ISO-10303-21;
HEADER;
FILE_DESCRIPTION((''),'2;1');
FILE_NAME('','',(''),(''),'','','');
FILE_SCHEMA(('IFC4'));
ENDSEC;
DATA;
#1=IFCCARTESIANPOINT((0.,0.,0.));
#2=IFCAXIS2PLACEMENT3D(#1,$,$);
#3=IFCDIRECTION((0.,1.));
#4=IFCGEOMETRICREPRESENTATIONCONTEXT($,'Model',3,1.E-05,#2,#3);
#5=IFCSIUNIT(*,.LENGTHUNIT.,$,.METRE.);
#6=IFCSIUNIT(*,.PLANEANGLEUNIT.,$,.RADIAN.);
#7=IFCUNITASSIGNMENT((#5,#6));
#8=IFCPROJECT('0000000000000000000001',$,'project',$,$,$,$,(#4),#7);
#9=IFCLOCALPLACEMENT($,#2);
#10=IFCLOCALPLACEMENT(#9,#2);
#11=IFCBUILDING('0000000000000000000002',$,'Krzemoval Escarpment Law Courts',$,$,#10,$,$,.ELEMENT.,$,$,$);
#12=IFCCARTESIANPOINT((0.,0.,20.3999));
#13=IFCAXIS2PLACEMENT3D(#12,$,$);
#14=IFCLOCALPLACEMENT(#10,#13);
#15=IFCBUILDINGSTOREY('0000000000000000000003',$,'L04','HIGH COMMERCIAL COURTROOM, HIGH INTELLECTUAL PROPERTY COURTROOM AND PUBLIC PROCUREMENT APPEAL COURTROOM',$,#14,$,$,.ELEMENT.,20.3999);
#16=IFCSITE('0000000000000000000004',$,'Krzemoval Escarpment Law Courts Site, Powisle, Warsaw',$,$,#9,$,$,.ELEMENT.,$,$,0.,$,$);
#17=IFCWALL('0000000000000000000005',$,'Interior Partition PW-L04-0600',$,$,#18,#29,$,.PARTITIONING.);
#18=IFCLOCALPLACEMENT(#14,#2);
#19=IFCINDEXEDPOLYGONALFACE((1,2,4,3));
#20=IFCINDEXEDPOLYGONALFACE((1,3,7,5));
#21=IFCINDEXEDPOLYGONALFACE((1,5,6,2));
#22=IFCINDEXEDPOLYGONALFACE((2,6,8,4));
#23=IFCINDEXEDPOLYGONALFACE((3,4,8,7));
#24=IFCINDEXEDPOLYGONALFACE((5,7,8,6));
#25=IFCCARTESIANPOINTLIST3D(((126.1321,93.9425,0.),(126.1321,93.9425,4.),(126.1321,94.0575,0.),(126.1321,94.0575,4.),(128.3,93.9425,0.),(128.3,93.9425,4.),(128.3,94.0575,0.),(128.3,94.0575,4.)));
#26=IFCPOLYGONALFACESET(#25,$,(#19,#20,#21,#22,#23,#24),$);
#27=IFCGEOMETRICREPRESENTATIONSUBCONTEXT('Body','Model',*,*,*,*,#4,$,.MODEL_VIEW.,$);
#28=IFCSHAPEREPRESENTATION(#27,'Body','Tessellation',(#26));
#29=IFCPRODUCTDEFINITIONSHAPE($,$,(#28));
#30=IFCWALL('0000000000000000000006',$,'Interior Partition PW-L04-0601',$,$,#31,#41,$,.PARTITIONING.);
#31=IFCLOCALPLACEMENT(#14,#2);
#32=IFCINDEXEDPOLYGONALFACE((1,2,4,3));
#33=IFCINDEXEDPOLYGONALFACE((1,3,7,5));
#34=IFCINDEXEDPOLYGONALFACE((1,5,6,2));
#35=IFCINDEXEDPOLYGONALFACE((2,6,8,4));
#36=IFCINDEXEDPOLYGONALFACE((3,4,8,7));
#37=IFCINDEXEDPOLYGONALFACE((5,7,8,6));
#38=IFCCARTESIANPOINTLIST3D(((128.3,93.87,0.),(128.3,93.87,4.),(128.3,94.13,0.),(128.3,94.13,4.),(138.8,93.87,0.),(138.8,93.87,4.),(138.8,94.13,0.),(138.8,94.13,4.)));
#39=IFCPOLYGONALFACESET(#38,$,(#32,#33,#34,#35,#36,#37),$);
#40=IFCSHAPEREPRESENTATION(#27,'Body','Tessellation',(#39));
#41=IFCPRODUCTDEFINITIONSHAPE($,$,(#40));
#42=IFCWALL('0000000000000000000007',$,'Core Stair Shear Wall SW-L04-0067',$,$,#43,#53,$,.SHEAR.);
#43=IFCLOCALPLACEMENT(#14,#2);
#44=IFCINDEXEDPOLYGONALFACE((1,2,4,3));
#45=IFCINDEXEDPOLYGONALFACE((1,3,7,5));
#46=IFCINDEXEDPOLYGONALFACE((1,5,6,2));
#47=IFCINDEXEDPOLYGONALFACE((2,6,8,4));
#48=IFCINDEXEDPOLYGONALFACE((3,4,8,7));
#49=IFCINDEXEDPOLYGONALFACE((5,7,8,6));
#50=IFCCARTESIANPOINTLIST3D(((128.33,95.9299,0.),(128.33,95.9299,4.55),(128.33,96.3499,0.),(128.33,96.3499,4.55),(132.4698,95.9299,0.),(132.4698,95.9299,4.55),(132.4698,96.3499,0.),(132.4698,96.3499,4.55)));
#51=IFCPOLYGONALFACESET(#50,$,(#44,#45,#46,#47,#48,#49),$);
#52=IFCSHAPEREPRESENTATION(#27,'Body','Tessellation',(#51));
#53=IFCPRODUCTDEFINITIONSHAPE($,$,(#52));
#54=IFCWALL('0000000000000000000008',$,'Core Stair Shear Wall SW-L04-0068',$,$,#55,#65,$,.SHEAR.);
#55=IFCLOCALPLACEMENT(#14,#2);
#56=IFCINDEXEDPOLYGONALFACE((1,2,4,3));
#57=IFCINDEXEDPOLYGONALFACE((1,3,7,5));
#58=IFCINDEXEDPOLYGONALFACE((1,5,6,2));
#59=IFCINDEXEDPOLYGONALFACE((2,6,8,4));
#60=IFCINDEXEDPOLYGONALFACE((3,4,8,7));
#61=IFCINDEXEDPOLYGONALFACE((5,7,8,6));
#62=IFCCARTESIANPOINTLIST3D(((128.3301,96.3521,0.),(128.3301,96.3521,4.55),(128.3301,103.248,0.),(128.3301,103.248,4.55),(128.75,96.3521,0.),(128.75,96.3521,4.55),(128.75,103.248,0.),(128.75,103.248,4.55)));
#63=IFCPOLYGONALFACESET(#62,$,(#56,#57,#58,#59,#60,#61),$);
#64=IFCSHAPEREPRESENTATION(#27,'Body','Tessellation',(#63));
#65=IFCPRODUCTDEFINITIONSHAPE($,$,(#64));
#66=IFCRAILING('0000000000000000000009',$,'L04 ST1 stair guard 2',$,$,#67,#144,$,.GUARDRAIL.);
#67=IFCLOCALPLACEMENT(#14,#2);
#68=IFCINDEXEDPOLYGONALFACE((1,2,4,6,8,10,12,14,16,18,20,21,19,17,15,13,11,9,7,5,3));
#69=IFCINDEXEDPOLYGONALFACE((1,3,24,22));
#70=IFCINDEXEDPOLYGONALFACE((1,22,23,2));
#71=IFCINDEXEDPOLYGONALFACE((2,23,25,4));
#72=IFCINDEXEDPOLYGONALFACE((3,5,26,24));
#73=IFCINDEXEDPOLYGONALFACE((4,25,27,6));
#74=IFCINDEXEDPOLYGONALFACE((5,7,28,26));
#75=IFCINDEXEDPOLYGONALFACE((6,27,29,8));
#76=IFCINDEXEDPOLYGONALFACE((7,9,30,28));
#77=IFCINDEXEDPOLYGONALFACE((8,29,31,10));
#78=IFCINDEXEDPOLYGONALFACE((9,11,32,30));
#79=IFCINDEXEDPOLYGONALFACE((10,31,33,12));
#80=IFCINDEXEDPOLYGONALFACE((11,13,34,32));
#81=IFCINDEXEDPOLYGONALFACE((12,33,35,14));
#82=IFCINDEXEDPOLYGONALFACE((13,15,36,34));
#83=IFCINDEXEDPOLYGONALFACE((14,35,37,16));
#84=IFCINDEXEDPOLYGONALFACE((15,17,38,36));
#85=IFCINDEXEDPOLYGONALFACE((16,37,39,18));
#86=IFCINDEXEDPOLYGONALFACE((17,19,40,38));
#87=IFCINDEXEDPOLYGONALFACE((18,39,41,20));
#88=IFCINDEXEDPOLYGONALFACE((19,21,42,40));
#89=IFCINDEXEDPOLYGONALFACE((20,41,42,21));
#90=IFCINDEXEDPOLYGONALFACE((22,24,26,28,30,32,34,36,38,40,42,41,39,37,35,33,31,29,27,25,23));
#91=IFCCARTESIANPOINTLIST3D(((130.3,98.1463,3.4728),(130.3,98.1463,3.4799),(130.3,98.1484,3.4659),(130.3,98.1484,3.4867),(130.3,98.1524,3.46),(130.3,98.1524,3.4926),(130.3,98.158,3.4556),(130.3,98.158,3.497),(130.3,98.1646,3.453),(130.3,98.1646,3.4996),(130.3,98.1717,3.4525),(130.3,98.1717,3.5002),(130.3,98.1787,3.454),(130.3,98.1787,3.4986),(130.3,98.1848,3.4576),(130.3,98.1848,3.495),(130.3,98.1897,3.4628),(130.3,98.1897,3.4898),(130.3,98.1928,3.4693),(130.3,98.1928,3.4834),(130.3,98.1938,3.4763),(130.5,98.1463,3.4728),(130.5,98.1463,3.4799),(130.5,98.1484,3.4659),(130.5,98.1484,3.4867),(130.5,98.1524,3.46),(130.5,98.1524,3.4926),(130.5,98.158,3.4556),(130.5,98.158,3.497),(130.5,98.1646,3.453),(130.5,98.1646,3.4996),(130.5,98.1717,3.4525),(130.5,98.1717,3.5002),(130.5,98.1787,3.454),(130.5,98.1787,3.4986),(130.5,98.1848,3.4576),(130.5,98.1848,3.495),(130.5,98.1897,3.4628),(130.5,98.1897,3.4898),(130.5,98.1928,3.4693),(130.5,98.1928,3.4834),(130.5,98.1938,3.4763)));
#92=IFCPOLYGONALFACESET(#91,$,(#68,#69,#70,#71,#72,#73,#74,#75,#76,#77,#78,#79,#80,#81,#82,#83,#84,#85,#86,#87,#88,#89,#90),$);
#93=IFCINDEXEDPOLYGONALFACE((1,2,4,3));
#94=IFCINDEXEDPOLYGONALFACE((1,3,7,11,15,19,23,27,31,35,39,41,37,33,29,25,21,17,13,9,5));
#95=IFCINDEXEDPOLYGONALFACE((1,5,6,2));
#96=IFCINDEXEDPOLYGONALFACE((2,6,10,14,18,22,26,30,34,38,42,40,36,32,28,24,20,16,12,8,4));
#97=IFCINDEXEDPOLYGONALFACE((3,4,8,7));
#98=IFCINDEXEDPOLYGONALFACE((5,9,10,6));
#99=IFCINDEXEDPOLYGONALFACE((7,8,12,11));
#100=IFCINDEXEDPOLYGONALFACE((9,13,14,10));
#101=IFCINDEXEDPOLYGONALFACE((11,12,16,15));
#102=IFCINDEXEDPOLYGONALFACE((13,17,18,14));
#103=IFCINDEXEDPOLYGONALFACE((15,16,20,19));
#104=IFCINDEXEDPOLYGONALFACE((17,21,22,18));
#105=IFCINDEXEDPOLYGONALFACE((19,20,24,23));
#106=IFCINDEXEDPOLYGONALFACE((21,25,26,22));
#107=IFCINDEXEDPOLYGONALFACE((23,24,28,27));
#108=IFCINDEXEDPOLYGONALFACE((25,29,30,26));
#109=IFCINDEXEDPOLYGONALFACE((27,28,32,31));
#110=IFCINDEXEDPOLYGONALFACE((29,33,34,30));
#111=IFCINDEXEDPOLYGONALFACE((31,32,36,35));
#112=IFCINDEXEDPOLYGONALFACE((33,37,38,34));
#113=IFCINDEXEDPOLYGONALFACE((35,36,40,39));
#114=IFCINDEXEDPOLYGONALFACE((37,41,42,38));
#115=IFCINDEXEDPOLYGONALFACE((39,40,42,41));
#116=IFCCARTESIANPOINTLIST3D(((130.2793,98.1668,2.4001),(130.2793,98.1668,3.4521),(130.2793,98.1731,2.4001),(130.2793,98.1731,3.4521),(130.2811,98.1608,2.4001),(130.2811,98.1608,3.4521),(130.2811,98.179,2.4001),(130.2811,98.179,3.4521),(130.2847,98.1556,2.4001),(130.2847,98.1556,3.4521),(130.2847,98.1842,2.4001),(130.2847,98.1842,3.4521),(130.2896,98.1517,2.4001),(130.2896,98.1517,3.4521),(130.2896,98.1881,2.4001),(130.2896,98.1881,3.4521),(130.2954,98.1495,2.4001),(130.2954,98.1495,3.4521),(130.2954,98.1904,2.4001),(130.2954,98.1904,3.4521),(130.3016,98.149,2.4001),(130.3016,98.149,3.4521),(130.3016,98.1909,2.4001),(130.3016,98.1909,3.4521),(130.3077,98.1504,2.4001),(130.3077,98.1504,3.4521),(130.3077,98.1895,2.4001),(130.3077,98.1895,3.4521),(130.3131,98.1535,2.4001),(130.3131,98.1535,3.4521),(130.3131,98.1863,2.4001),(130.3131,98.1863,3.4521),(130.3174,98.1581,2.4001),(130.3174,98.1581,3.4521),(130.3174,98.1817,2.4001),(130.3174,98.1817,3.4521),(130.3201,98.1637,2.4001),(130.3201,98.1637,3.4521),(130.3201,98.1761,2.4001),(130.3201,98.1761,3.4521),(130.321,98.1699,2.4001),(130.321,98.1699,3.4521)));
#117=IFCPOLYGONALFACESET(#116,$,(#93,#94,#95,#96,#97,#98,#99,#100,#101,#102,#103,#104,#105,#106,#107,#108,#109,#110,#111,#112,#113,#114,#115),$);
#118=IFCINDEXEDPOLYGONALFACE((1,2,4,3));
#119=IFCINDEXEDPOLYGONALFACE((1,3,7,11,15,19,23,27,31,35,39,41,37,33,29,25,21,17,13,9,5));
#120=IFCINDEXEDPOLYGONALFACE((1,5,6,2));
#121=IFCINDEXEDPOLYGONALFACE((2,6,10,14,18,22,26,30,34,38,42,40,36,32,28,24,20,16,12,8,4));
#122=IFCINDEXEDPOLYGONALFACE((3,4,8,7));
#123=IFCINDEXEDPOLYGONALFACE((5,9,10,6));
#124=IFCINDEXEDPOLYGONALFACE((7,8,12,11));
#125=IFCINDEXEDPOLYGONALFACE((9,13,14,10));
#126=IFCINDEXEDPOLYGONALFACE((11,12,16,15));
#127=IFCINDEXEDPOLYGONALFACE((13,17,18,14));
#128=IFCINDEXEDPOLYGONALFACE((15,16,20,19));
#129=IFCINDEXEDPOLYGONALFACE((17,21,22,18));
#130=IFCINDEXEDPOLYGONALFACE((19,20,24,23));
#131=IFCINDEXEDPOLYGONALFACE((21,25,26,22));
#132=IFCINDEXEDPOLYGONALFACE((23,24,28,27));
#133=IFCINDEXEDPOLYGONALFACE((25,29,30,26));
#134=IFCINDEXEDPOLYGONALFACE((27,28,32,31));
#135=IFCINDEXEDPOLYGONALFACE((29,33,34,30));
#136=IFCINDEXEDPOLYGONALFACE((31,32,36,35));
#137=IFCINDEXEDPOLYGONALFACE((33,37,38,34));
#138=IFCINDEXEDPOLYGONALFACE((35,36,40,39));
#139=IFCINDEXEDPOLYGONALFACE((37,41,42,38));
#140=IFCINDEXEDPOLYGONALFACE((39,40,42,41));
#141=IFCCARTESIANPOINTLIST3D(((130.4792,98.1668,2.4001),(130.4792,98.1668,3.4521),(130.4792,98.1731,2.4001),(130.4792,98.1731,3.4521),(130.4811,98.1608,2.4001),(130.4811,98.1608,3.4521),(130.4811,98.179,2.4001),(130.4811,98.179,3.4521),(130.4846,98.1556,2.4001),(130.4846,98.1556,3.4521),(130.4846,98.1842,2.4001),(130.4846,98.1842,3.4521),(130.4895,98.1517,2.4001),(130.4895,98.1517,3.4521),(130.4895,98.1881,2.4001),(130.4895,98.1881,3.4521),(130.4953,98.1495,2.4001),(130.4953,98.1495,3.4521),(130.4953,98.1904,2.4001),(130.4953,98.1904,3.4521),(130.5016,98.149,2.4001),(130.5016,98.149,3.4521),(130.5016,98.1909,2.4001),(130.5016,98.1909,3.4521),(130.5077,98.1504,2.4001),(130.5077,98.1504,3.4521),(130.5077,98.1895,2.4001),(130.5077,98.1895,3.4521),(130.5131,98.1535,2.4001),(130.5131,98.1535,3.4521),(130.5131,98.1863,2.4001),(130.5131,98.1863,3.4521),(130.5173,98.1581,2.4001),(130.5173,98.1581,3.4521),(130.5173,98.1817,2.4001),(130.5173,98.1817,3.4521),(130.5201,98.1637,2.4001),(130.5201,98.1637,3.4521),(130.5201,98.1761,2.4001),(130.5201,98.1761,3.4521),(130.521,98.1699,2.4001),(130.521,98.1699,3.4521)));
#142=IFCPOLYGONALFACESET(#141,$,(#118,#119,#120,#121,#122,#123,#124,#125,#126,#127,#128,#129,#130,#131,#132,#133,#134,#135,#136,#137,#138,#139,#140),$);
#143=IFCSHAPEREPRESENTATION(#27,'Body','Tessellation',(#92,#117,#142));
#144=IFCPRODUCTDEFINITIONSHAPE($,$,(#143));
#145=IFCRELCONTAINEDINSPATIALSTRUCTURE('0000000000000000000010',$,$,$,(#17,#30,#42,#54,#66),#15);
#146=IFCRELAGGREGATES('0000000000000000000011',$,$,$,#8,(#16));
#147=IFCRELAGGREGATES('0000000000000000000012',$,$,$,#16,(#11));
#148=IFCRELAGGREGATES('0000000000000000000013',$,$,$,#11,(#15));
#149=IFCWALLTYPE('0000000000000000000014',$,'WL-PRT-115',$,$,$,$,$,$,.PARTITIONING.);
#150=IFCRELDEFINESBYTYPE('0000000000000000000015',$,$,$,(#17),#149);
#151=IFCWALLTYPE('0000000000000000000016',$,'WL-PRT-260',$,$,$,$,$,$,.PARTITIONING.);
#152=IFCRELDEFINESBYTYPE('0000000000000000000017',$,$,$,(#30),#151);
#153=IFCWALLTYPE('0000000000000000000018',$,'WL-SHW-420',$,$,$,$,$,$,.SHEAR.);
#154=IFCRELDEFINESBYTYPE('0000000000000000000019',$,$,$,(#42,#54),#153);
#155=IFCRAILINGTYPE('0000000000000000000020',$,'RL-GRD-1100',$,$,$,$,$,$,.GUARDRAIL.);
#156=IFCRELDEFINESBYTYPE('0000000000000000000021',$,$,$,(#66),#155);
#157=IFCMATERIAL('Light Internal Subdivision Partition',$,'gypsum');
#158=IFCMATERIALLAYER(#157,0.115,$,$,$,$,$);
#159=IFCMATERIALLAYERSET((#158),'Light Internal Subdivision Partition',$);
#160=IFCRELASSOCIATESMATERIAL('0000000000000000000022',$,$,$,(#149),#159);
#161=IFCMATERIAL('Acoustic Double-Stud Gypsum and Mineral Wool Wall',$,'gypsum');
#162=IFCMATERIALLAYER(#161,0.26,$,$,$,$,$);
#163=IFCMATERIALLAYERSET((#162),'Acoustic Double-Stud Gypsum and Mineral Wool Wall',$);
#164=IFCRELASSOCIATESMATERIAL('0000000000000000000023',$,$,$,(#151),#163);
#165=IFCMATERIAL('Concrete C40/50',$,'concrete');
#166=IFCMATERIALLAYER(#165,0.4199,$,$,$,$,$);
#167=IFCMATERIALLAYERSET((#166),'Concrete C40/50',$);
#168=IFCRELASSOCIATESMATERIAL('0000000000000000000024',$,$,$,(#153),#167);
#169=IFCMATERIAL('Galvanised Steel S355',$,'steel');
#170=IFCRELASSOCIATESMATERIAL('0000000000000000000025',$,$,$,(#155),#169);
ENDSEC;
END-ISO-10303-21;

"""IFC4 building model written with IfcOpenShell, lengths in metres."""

from ifc_helpers import new_model, si_unit, direction, frame, frame_2d, origin, origin_2d, place, context, subcontext, project, spatial, rectangle, circle, extrude, material, layer, layer_set, type_object, element, save


model = new_model("IFC4")

# Units and contexts
model_context = context("Model", 3, precision=1e-05, world=origin(), true_north=direction((0.0, 1.0)))
body_context = subcontext(model_context, "Body", "Model", "MODEL_VIEW")
ifc_project = project(units=[si_unit("LENGTHUNIT", "METRE"), si_unit("PLANEANGLEUNIT", "RADIAN")], contexts=[model_context])

# Site, building, storey
site_placement = place(None, origin())
site = spatial("IfcSite", under=ifc_project, at=site_placement, Name="Krzemoval Escarpment Law Courts Site, Powisle, Warsaw", CompositionType="ELEMENT", RefElevation=0.0)
building_placement = place(site_placement, origin())
building = spatial("IfcBuilding", under=site, at=building_placement, Name="Krzemoval Escarpment Law Courts", CompositionType="ELEMENT")
storey_placement = place(building_placement, frame((0.0, 0.0, 20.3999)))
storey = spatial("IfcBuildingStorey", under=building, at=storey_placement, Name="L04", Description="HIGH COMMERCIAL COURTROOM, HIGH INTELLECTUAL PROPERTY COURTROOM AND PUBLIC PROCUREMENT APPEAL COURTROOM", CompositionType="ELEMENT", Elevation=20.3999)

# Walls
ifc_material_1 = material(Name="Light Internal Subdivision Partition", Category="gypsum")
ifc_layer_1 = layer(ifc_material_1, 0.115)
ifc_layer_set_1 = layer_set([ifc_layer_1], Name="Light Internal Subdivision Partition")
wall_type_1 = type_object("IfcWallType", Name="WL-PRT-115", PredefinedType="PARTITIONING", material=ifc_layer_set_1)
wall_1_placement = place(storey_placement, frame((126.1321, 94.0, 0.0), z_axis=(0.0, 0.0, 1.0), x_axis=(1.0, 0.0, 0.0)))
element("IfcWall", 1, at=wall_1_placement, inside=storey, type_object=wall_type_1, Name="Interior Partition PW-L04-0600", PredefinedType="PARTITIONING", context=body_context, shape_type="SweptSolid", body=[
    extrude(rectangle(XDim=2.168, YDim=0.115, at=frame_2d((1.084, 0.0))), origin(), (0.0, 0.0, 1.0), 4.0),
])
ifc_material_2 = material(Name="Acoustic Double-Stud Gypsum and Mineral Wool Wall", Category="gypsum")
ifc_layer_2 = layer(ifc_material_2, 0.26)
ifc_layer_set_2 = layer_set([ifc_layer_2], Name="Acoustic Double-Stud Gypsum and Mineral Wool Wall")
wall_type_2 = type_object("IfcWallType", Name="WL-PRT-260", PredefinedType="PARTITIONING", material=ifc_layer_set_2)
wall_2_placement = place(storey_placement, frame((128.3, 94.0, 0.0), z_axis=(0.0, 0.0, 1.0), x_axis=(1.0, 0.0, 0.0)))
element("IfcWall", 2, at=wall_2_placement, inside=storey, type_object=wall_type_2, Name="Interior Partition PW-L04-0601", PredefinedType="PARTITIONING", context=body_context, shape_type="SweptSolid", body=[
    extrude(rectangle(XDim=10.5, YDim=0.26, at=frame_2d((5.25, 0.0))), origin(), (0.0, 0.0, 1.0), 4.0),
])
ifc_material_3 = material(Name="Concrete C40/50", Category="concrete")
ifc_layer_3 = layer(ifc_material_3, 0.4199)
ifc_layer_set_3 = layer_set([ifc_layer_3], Name="Concrete C40/50")
wall_type_3 = type_object("IfcWallType", Name="WL-SHW-420", PredefinedType="SHEAR", material=ifc_layer_set_3)
wall_3_placement = place(storey_placement, frame((128.3301, 96.1399, 0.0), z_axis=(0.0, 0.0, 1.0), x_axis=(1.0, 0.0, 0.0)))
element("IfcWall", 3, at=wall_3_placement, inside=storey, type_object=wall_type_3, Name="Core Stair Shear Wall SW-L04-0067", PredefinedType="SHEAR", context=body_context, shape_type="SweptSolid", body=[
    extrude(rectangle(XDim=4.1399, YDim=0.4199, at=frame_2d((2.0698, 0.0))), origin(), (0.0, 0.0, 1.0), 4.55),
])
wall_4_placement = place(storey_placement, frame((128.54, 96.3521, 0.0), z_axis=(0.0, 0.0, 1.0), x_axis=(0.0, 1.0, 0.0)))
element("IfcWall", 4, at=wall_4_placement, inside=storey, type_object=wall_type_3, Name="Core Stair Shear Wall SW-L04-0068", PredefinedType="SHEAR", context=body_context, shape_type="SweptSolid", body=[
    extrude(rectangle(XDim=6.896, YDim=0.4199, at=frame_2d((3.448, 0.0))), origin(), (0.0, 0.0, 1.0), 4.55),
])

# Railing
ifc_material_4 = material(Name="Galvanised Steel S355", Category="steel")
railing_type = type_object("IfcRailingType", Name="RL-GRD-1100", PredefinedType="GUARDRAIL", material=ifc_material_4)
railing_placement = place(storey_placement, frame((130.3, 98.1699, 2.4001)))
element("IfcRailing", 5, at=railing_placement, inside=storey, type_object=railing_type, Name="L04 ST1 stair guard 2", PredefinedType="GUARDRAIL", context=body_context, shape_type="SweptSolid", body=[
    extrude(circle(Radius=0.0239, at=origin_2d()), frame((0.0, 0.0, 1.0762), z_axis=(1.0, 0.0, 0.0), x_axis=(0.0, 1.0, 0.0)), (0.0, 0.0, 1.0), 0.2),
    extrude(circle(Radius=0.021, at=origin_2d()), origin(), (0.0, 0.0, 1.0), 1.052),
    extrude(circle(Radius=0.021, at=origin_2d()), frame((0.2, 0.0, 0.0)), (0.0, 0.0, 1.0), 1.052),
])

save(model, "model.ifc")
